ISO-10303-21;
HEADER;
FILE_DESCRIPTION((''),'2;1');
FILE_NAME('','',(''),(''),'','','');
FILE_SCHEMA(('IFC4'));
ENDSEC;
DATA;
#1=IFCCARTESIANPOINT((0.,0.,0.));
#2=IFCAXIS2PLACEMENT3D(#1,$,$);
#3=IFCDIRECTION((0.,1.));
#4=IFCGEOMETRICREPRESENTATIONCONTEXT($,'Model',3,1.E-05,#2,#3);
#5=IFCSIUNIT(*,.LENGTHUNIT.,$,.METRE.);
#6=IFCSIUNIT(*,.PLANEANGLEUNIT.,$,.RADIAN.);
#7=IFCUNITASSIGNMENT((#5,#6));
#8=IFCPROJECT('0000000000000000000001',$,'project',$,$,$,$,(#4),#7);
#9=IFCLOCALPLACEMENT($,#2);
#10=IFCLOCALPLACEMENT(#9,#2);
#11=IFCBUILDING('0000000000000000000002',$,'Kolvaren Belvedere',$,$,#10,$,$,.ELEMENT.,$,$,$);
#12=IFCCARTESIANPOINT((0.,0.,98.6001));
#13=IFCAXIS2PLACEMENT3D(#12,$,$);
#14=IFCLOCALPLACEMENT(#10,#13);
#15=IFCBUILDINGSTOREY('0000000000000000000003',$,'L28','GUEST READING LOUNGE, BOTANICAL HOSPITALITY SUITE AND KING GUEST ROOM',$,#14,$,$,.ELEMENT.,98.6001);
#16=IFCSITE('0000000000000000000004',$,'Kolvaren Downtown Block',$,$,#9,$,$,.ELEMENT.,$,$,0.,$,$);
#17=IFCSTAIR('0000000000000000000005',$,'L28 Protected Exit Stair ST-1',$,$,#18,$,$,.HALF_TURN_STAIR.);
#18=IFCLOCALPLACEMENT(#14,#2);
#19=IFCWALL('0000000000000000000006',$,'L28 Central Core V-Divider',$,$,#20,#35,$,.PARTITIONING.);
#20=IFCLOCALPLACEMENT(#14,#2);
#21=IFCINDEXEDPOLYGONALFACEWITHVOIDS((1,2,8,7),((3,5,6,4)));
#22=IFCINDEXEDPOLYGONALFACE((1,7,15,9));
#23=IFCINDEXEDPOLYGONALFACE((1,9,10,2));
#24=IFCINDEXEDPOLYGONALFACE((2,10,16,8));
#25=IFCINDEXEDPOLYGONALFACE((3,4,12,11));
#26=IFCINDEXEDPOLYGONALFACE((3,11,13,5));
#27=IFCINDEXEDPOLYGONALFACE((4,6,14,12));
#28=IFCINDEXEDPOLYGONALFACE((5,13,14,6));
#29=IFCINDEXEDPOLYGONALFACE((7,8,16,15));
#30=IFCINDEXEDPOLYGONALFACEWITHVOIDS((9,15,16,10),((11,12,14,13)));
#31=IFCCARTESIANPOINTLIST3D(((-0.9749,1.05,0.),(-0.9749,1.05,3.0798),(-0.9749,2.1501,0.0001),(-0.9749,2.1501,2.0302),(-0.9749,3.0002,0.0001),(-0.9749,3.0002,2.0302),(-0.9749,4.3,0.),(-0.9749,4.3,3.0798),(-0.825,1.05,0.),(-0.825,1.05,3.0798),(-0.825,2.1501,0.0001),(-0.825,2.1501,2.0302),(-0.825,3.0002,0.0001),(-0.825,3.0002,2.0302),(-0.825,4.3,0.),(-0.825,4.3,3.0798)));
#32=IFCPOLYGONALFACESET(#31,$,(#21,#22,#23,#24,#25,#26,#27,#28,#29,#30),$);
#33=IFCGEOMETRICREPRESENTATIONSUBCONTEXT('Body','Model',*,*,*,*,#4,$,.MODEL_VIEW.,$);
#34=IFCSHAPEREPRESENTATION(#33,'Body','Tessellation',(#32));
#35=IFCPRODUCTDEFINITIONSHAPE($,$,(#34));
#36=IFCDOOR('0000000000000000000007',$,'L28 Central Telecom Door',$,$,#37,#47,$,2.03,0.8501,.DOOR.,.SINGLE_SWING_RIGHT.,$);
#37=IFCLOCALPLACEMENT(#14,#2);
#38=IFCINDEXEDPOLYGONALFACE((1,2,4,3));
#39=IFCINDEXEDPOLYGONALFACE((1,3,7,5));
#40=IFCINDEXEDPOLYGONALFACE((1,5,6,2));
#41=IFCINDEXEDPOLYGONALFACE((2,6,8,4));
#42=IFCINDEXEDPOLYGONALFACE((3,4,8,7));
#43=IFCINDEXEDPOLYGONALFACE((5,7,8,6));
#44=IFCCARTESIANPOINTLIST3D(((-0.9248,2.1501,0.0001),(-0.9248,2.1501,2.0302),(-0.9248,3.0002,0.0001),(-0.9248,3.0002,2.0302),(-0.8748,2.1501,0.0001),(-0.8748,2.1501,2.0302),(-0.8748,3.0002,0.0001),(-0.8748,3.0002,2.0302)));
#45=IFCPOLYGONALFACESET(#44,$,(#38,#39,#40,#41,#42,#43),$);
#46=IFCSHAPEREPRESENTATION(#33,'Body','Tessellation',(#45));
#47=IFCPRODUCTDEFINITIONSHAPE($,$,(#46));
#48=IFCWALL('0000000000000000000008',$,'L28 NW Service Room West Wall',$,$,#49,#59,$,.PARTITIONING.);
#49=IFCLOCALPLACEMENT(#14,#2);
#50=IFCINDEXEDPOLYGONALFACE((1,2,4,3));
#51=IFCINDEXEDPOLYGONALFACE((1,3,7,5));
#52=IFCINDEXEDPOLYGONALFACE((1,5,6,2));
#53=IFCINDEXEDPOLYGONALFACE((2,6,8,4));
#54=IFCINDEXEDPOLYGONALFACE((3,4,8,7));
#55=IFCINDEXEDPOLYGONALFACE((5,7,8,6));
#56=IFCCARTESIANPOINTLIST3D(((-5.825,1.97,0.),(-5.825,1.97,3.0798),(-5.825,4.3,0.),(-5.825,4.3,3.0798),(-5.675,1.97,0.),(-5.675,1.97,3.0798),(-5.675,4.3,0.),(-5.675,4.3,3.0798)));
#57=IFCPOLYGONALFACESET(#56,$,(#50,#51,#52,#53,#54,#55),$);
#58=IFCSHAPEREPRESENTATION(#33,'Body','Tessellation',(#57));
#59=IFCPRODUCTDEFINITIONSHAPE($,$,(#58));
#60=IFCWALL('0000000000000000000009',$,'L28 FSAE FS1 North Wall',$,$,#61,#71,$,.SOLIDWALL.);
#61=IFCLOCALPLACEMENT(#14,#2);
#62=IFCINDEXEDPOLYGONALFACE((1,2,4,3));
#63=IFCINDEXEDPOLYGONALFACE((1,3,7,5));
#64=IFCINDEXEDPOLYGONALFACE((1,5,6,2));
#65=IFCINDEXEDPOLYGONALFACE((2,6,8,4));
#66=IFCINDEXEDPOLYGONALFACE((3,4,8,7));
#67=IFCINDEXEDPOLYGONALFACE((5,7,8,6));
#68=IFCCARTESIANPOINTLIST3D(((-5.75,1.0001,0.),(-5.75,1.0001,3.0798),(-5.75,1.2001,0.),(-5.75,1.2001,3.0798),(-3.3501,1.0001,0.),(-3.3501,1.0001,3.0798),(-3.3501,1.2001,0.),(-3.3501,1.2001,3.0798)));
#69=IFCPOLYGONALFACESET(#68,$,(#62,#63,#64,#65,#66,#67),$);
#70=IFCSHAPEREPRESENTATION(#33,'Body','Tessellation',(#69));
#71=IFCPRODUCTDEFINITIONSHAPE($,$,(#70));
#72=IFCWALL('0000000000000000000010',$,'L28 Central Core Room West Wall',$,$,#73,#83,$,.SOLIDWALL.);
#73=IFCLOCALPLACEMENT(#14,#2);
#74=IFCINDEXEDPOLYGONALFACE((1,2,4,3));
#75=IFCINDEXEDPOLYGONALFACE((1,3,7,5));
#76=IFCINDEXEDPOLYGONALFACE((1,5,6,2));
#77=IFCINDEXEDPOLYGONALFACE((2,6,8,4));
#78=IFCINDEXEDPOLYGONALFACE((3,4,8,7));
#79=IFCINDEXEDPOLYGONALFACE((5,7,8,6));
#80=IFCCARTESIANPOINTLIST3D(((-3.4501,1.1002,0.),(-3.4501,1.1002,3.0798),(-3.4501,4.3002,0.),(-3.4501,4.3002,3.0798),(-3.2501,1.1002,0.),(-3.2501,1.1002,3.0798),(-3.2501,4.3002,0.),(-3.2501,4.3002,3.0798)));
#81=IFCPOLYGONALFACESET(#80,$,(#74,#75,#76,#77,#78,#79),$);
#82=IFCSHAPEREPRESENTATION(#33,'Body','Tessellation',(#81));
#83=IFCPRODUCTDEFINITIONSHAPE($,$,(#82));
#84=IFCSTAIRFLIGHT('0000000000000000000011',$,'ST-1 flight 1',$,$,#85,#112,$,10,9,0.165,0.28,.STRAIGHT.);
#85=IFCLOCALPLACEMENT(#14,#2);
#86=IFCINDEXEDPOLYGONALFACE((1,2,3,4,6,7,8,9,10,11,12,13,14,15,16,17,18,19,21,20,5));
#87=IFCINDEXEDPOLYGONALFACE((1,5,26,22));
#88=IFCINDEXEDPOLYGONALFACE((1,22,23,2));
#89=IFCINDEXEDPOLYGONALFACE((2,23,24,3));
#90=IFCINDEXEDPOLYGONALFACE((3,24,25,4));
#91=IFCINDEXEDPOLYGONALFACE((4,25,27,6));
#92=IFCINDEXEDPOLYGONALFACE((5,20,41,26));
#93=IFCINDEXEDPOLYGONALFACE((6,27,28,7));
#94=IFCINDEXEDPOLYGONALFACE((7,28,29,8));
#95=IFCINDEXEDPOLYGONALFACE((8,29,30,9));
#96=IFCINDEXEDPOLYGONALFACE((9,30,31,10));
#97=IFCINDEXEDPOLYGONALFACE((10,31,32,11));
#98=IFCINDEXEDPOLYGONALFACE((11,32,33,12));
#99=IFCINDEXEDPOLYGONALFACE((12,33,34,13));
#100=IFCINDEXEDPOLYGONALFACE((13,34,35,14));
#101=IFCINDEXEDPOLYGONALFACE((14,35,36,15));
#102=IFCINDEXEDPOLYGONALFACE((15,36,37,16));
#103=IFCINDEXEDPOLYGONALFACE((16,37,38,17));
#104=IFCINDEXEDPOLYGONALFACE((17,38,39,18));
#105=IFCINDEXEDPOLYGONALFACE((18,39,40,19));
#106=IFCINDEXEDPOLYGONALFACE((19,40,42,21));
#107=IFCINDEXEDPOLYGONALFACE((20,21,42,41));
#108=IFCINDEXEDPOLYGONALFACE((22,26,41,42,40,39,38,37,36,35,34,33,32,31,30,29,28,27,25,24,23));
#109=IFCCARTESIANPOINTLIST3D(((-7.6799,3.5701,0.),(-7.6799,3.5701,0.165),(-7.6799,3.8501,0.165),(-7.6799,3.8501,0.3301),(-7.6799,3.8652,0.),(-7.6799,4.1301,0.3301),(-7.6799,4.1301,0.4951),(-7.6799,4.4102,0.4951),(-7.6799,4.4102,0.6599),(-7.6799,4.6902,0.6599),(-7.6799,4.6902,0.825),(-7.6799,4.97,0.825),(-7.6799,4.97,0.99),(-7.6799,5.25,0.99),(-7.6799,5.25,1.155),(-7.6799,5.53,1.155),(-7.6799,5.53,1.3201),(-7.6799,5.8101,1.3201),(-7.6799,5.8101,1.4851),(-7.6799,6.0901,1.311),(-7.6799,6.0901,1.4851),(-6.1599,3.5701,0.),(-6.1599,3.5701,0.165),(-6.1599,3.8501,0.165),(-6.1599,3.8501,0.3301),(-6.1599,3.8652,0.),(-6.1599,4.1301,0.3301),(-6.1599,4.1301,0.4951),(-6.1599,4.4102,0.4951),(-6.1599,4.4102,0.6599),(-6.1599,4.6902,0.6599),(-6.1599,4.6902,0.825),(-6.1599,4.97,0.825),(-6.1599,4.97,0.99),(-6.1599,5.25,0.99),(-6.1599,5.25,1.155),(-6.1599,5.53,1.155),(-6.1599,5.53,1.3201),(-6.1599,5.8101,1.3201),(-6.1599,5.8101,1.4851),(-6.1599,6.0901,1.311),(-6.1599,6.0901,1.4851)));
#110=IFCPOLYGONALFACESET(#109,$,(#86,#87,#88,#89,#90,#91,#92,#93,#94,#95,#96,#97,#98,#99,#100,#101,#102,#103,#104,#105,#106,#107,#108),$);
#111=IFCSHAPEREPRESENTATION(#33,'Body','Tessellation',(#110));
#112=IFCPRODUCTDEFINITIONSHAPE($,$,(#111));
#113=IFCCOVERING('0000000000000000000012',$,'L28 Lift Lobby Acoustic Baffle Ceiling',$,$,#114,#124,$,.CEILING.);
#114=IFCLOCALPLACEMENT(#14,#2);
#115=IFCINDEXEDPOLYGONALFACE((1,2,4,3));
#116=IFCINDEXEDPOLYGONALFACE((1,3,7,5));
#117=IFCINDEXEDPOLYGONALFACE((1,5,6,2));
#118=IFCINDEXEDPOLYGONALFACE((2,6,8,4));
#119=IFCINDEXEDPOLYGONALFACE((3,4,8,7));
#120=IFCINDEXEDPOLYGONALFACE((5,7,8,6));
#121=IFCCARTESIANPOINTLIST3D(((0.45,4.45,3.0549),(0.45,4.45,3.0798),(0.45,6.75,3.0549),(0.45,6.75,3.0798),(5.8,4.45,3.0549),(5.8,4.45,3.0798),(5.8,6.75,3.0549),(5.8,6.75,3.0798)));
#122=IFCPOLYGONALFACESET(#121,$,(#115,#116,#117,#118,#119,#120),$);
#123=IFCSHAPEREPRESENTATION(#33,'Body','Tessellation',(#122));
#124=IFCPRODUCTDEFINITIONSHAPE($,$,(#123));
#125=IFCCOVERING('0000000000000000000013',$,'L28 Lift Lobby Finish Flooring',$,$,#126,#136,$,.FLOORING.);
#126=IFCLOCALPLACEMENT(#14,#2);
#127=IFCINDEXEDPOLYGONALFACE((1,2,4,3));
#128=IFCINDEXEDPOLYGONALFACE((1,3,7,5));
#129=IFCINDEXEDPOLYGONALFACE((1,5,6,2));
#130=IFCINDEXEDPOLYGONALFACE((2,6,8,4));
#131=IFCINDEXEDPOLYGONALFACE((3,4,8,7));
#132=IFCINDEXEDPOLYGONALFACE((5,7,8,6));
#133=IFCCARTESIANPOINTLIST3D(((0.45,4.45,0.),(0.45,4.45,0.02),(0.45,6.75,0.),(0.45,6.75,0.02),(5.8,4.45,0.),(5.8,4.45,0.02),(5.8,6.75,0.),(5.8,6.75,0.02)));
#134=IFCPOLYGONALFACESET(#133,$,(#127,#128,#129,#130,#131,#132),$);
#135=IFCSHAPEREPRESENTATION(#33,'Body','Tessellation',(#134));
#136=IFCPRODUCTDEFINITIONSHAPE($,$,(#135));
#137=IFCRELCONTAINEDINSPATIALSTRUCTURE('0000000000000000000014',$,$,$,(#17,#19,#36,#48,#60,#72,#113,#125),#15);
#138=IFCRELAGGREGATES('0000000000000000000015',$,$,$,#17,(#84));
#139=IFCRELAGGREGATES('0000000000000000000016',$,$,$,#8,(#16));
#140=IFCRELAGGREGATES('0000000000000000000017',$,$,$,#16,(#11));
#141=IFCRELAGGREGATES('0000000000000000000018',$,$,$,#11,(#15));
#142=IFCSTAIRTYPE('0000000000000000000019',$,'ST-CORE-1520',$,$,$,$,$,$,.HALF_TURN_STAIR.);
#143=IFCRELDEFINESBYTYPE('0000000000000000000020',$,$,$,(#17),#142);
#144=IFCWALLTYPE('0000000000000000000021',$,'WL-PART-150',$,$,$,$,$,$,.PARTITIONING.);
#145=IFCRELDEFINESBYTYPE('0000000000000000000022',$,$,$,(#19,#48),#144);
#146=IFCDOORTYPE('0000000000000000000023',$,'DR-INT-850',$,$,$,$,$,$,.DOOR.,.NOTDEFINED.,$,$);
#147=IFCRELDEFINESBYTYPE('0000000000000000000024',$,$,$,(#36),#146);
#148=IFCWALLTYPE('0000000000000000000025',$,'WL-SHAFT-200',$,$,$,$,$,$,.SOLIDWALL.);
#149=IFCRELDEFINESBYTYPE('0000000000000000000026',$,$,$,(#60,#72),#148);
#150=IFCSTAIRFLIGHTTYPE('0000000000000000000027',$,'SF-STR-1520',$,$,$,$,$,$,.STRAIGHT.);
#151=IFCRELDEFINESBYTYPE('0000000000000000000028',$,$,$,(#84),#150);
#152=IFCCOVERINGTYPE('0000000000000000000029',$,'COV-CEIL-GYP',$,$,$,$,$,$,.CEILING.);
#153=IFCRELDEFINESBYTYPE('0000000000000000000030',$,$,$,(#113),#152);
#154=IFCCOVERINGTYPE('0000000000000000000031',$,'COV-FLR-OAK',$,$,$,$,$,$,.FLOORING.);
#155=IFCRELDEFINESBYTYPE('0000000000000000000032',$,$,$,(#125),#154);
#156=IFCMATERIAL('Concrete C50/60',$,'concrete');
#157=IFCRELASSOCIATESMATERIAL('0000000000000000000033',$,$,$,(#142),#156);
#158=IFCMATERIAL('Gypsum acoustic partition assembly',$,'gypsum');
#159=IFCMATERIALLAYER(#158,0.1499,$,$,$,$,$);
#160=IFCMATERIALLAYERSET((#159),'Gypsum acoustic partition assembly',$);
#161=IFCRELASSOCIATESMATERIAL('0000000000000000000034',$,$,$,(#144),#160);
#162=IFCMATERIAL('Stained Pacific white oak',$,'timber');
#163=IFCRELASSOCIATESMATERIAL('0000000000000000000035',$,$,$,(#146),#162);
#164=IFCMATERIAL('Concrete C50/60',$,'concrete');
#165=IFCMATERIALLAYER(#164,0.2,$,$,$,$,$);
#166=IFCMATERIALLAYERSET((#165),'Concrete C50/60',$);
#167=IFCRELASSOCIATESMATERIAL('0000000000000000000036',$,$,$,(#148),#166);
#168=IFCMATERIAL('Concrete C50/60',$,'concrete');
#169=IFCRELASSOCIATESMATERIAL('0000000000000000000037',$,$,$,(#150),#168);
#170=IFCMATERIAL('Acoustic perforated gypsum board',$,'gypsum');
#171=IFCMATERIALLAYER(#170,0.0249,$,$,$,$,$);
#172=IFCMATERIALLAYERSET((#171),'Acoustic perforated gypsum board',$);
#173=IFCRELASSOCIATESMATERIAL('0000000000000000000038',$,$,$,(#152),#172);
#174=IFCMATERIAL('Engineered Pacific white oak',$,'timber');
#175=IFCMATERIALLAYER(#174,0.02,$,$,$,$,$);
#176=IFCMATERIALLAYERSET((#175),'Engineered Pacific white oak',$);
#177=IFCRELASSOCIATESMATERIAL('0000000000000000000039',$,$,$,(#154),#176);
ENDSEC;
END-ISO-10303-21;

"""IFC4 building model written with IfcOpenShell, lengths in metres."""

from ifc_helpers import new_model, si_unit, direction, frame, frame_2d, origin, place, context, subcontext, project, spatial, polyline, rectangle, outline, extrude, material, layer, layer_set, type_object, element, fill, aggregate, save


model = new_model("IFC4")

# Units and contexts
model_context = context("Model", 3, precision=1e-05, world=origin(), true_north=direction((0.0, 1.0)))
body_context = subcontext(model_context, "Body", "Model", "MODEL_VIEW")
ifc_project = project(units=[si_unit("LENGTHUNIT", "METRE"), si_unit("PLANEANGLEUNIT", "RADIAN")], contexts=[model_context])

# Site, building, storey
site_placement = place(None, origin())
site = spatial("IfcSite", under=ifc_project, at=site_placement, Name="Kolvaren Downtown Block", CompositionType="ELEMENT", RefElevation=0.0)
building_placement = place(site_placement, origin())
building = spatial("IfcBuilding", under=site, at=building_placement, Name="Kolvaren Belvedere", CompositionType="ELEMENT")
storey_placement = place(building_placement, frame((0.0, 0.0, 98.6001)))
storey = spatial("IfcBuildingStorey", under=building, at=storey_placement, Name="L28", Description="GUEST READING LOUNGE, BOTANICAL HOSPITALITY SUITE AND KING GUEST ROOM", CompositionType="ELEMENT", Elevation=98.6001)

# Stair
ifc_material_1 = material(Name="Concrete C50/60", Category="concrete")
stair_type = type_object("IfcStairType", Name="ST-CORE-1520", PredefinedType="HALF_TURN_STAIR", material=ifc_material_1)
stair_1_placement = place(storey_placement, origin())
stair_1 = element("IfcStair", 1, at=stair_1_placement, inside=storey, type_object=stair_type, Name="L28 Protected Exit Stair ST-1", PredefinedType="HALF_TURN_STAIR")

# Shared definitions
ifc_material_2 = material(Name="Gypsum acoustic partition assembly", Category="gypsum")
ifc_layer_1 = layer(ifc_material_2, 0.1499)
ifc_layer_set_1 = layer_set([ifc_layer_1], Name="Gypsum acoustic partition assembly")
wall_type_1 = type_object("IfcWallType", Name="WL-PART-150", PredefinedType="PARTITIONING", material=ifc_layer_set_1)
ifc_material_3 = material(Name="Stained Pacific white oak", Category="timber")
door_type = type_object("IfcDoorType", Name="DR-INT-850", OperationType="NOTDEFINED", PredefinedType="DOOR", material=ifc_material_3)

# Wall, opening, door
wall_1_placement = place(storey_placement, frame((-0.8999, 1.05, 0.0), z_axis=(0.0, 0.0, 1.0), x_axis=(0.0, 1.0, 0.0)))
wall_1 = element("IfcWall", 2, at=wall_1_placement, inside=storey, type_object=wall_type_1, Name="L28 Central Core V-Divider", PredefinedType="PARTITIONING", context=body_context, shape_type="SweptSolid", body=[
    extrude(rectangle(XDim=3.25, YDim=0.1499, at=frame_2d((1.625, 0.0))), origin(), (0.0, 0.0, 1.0), 3.0798),
])
opening_1_placement = place(wall_1_placement, frame((1.1001, 0.0, 0.0)))
opening_1 = element("IfcOpeningElement", 3, at=opening_1_placement, cuts=wall_1, PredefinedType="OPENING", context=body_context, shape_type="SweptSolid", body=[
    extrude(rectangle(XDim=0.8501, YDim=2.03, at=frame_2d((0.425, 1.0151))), frame((0.0, 0.085, 0.0), z_axis=(0.0, -1.0, 0.0), x_axis=(1.0, 0.0, 0.0)), (0.0, 0.0, 1.0), 0.1699),
])
door_1_placement = place(opening_1_placement, origin())
door_1 = element("IfcDoor", 4, at=door_1_placement, inside=storey, type_object=door_type, Name="L28 Central Telecom Door", OperationType="SINGLE_SWING_RIGHT", OverallHeight=2.03, OverallWidth=0.8501, PredefinedType="DOOR", context=body_context, shape_type="SweptSolid", body=[
    extrude(rectangle(XDim=0.8501, YDim=2.03, at=frame_2d((0.425, 1.0151))), frame((0.0, 0.0249, 0.0), z_axis=(0.0, -1.0, 0.0), x_axis=(1.0, 0.0, 0.0)), (0.0, 0.0, 1.0), 0.05),
])
fill(opening_1, door_1)

# Walls
wall_2_placement = place(storey_placement, frame((-5.75, 1.97, 0.0), z_axis=(0.0, 0.0, 1.0), x_axis=(0.0, 1.0, 0.0)))
element("IfcWall", 5, at=wall_2_placement, inside=storey, type_object=wall_type_1, Name="L28 NW Service Room West Wall", PredefinedType="PARTITIONING", context=body_context, shape_type="SweptSolid", body=[
    extrude(rectangle(XDim=2.3301, YDim=0.1499, at=frame_2d((1.165, 0.0))), origin(), (0.0, 0.0, 1.0), 3.0798),
])
ifc_material_4 = material(Name="Concrete C50/60", Category="concrete")
ifc_layer_2 = layer(ifc_material_4, 0.2)
ifc_layer_set_2 = layer_set([ifc_layer_2], Name="Concrete C50/60")
wall_type_2 = type_object("IfcWallType", Name="WL-SHAFT-200", PredefinedType="SOLIDWALL", material=ifc_layer_set_2)
wall_3_placement = place(storey_placement, frame((-5.75, 1.1001, 0.0), z_axis=(0.0, 0.0, 1.0), x_axis=(1.0, 0.0, 0.0)))
element("IfcWall", 6, at=wall_3_placement, inside=storey, type_object=wall_type_2, Name="L28 FSAE FS1 North Wall", PredefinedType="SOLIDWALL", context=body_context, shape_type="SweptSolid", body=[
    extrude(rectangle(XDim=2.3999, YDim=0.2, at=frame_2d((1.2, 0.0))), origin(), (0.0, 0.0, 1.0), 3.0798),
])
wall_4_placement = place(storey_placement, frame((-3.3501, 1.1001, 0.0), z_axis=(0.0, 0.0, 1.0), x_axis=(0.0, 1.0, 0.0)))
element("IfcWall", 7, at=wall_4_placement, inside=storey, type_object=wall_type_2, Name="L28 Central Core Room West Wall", PredefinedType="SOLIDWALL", context=body_context, shape_type="SweptSolid", body=[
    extrude(rectangle(XDim=3.2, YDim=0.2, at=frame_2d((1.6001, 0.0))), origin(), (0.0, 0.0, 1.0), 3.0798),
])

# Stair flight
ifc_material_5 = material(Name="Concrete C50/60", Category="concrete")
stair_flight_type = type_object("IfcStairFlightType", Name="SF-STR-1520", PredefinedType="STRAIGHT", material=ifc_material_5)
stair_flight_placement = place(storey_placement, frame((-6.9199, 3.5701, 0.0), z_axis=(0.0, 0.0, 1.0), x_axis=(0.0, 1.0, 0.0)))
stair_flight = element("IfcStairFlight", 8, at=stair_flight_placement, type_object=stair_flight_type, Name="ST-1 flight 1", NumberOfRisers=10, NumberOfTreads=9, PredefinedType="STRAIGHT", RiserHeight=0.165, TreadLength=0.28, context=body_context, shape_type="SweptSolid", body=[
    extrude(outline(polyline([(0.0, 0.0), (0.0, 0.165), (0.28, 0.165), (0.28, 0.3301), (0.5601, 0.3301), (0.5601, 0.4951), (0.8401, 0.4951), (0.8401, 0.6599), (1.1201, 0.6599), (1.1201, 0.825), (1.3999, 0.825), (1.3999, 0.99), (1.6799, 0.99), (1.6799, 1.155), (1.96, 1.155), (1.96, 1.3201), (2.24, 1.3201), (2.24, 1.4851), (2.52, 1.4851), (2.52, 1.6499), (2.52, 1.311), (0.2952, 0.0), (0.0, 0.0)])), frame((0.0, 0.76, 0.0), z_axis=(0.0, -1.0, 0.0), x_axis=(1.0, 0.0, 0.0)), (0.0, 0.0, 1.0), 1.52),
])
aggregate(stair_1, [stair_flight])

# Coverings
ifc_material_6 = material(Name="Acoustic perforated gypsum board", Category="gypsum")
ifc_layer_3 = layer(ifc_material_6, 0.0249)
ifc_layer_set_3 = layer_set([ifc_layer_3], Name="Acoustic perforated gypsum board")
covering_type_1 = type_object("IfcCoveringType", Name="COV-CEIL-GYP", PredefinedType="CEILING", material=ifc_layer_set_3)
covering_1_placement = place(storey_placement, frame((0.0, 0.0, 3.0549)))
element("IfcCovering", 9, at=covering_1_placement, inside=storey, type_object=covering_type_1, Name="L28 Lift Lobby Acoustic Baffle Ceiling", PredefinedType="CEILING", context=body_context, shape_type="SweptSolid", body=[
    extrude(outline(polyline([(0.45, 4.45), (5.8, 4.45), (5.8, 6.75), (0.45, 6.75), (0.45, 4.45)])), origin(), (0.0, 0.0, 1.0), 0.0249),
])
ifc_material_7 = material(Name="Engineered Pacific white oak", Category="timber")
ifc_layer_4 = layer(ifc_material_7, 0.02)
ifc_layer_set_4 = layer_set([ifc_layer_4], Name="Engineered Pacific white oak")
covering_type_2 = type_object("IfcCoveringType", Name="COV-FLR-OAK", PredefinedType="FLOORING", material=ifc_layer_set_4)
covering_2_placement = place(storey_placement, origin())
element("IfcCovering", 10, at=covering_2_placement, inside=storey, type_object=covering_type_2, Name="L28 Lift Lobby Finish Flooring", PredefinedType="FLOORING", context=body_context, shape_type="SweptSolid", body=[
    extrude(outline(polyline([(0.45, 4.45), (5.8, 4.45), (5.8, 6.75), (0.45, 6.75), (0.45, 4.45)])), origin(), (0.0, 0.0, 1.0), 0.02),
])

save(model, "model.ifc")
